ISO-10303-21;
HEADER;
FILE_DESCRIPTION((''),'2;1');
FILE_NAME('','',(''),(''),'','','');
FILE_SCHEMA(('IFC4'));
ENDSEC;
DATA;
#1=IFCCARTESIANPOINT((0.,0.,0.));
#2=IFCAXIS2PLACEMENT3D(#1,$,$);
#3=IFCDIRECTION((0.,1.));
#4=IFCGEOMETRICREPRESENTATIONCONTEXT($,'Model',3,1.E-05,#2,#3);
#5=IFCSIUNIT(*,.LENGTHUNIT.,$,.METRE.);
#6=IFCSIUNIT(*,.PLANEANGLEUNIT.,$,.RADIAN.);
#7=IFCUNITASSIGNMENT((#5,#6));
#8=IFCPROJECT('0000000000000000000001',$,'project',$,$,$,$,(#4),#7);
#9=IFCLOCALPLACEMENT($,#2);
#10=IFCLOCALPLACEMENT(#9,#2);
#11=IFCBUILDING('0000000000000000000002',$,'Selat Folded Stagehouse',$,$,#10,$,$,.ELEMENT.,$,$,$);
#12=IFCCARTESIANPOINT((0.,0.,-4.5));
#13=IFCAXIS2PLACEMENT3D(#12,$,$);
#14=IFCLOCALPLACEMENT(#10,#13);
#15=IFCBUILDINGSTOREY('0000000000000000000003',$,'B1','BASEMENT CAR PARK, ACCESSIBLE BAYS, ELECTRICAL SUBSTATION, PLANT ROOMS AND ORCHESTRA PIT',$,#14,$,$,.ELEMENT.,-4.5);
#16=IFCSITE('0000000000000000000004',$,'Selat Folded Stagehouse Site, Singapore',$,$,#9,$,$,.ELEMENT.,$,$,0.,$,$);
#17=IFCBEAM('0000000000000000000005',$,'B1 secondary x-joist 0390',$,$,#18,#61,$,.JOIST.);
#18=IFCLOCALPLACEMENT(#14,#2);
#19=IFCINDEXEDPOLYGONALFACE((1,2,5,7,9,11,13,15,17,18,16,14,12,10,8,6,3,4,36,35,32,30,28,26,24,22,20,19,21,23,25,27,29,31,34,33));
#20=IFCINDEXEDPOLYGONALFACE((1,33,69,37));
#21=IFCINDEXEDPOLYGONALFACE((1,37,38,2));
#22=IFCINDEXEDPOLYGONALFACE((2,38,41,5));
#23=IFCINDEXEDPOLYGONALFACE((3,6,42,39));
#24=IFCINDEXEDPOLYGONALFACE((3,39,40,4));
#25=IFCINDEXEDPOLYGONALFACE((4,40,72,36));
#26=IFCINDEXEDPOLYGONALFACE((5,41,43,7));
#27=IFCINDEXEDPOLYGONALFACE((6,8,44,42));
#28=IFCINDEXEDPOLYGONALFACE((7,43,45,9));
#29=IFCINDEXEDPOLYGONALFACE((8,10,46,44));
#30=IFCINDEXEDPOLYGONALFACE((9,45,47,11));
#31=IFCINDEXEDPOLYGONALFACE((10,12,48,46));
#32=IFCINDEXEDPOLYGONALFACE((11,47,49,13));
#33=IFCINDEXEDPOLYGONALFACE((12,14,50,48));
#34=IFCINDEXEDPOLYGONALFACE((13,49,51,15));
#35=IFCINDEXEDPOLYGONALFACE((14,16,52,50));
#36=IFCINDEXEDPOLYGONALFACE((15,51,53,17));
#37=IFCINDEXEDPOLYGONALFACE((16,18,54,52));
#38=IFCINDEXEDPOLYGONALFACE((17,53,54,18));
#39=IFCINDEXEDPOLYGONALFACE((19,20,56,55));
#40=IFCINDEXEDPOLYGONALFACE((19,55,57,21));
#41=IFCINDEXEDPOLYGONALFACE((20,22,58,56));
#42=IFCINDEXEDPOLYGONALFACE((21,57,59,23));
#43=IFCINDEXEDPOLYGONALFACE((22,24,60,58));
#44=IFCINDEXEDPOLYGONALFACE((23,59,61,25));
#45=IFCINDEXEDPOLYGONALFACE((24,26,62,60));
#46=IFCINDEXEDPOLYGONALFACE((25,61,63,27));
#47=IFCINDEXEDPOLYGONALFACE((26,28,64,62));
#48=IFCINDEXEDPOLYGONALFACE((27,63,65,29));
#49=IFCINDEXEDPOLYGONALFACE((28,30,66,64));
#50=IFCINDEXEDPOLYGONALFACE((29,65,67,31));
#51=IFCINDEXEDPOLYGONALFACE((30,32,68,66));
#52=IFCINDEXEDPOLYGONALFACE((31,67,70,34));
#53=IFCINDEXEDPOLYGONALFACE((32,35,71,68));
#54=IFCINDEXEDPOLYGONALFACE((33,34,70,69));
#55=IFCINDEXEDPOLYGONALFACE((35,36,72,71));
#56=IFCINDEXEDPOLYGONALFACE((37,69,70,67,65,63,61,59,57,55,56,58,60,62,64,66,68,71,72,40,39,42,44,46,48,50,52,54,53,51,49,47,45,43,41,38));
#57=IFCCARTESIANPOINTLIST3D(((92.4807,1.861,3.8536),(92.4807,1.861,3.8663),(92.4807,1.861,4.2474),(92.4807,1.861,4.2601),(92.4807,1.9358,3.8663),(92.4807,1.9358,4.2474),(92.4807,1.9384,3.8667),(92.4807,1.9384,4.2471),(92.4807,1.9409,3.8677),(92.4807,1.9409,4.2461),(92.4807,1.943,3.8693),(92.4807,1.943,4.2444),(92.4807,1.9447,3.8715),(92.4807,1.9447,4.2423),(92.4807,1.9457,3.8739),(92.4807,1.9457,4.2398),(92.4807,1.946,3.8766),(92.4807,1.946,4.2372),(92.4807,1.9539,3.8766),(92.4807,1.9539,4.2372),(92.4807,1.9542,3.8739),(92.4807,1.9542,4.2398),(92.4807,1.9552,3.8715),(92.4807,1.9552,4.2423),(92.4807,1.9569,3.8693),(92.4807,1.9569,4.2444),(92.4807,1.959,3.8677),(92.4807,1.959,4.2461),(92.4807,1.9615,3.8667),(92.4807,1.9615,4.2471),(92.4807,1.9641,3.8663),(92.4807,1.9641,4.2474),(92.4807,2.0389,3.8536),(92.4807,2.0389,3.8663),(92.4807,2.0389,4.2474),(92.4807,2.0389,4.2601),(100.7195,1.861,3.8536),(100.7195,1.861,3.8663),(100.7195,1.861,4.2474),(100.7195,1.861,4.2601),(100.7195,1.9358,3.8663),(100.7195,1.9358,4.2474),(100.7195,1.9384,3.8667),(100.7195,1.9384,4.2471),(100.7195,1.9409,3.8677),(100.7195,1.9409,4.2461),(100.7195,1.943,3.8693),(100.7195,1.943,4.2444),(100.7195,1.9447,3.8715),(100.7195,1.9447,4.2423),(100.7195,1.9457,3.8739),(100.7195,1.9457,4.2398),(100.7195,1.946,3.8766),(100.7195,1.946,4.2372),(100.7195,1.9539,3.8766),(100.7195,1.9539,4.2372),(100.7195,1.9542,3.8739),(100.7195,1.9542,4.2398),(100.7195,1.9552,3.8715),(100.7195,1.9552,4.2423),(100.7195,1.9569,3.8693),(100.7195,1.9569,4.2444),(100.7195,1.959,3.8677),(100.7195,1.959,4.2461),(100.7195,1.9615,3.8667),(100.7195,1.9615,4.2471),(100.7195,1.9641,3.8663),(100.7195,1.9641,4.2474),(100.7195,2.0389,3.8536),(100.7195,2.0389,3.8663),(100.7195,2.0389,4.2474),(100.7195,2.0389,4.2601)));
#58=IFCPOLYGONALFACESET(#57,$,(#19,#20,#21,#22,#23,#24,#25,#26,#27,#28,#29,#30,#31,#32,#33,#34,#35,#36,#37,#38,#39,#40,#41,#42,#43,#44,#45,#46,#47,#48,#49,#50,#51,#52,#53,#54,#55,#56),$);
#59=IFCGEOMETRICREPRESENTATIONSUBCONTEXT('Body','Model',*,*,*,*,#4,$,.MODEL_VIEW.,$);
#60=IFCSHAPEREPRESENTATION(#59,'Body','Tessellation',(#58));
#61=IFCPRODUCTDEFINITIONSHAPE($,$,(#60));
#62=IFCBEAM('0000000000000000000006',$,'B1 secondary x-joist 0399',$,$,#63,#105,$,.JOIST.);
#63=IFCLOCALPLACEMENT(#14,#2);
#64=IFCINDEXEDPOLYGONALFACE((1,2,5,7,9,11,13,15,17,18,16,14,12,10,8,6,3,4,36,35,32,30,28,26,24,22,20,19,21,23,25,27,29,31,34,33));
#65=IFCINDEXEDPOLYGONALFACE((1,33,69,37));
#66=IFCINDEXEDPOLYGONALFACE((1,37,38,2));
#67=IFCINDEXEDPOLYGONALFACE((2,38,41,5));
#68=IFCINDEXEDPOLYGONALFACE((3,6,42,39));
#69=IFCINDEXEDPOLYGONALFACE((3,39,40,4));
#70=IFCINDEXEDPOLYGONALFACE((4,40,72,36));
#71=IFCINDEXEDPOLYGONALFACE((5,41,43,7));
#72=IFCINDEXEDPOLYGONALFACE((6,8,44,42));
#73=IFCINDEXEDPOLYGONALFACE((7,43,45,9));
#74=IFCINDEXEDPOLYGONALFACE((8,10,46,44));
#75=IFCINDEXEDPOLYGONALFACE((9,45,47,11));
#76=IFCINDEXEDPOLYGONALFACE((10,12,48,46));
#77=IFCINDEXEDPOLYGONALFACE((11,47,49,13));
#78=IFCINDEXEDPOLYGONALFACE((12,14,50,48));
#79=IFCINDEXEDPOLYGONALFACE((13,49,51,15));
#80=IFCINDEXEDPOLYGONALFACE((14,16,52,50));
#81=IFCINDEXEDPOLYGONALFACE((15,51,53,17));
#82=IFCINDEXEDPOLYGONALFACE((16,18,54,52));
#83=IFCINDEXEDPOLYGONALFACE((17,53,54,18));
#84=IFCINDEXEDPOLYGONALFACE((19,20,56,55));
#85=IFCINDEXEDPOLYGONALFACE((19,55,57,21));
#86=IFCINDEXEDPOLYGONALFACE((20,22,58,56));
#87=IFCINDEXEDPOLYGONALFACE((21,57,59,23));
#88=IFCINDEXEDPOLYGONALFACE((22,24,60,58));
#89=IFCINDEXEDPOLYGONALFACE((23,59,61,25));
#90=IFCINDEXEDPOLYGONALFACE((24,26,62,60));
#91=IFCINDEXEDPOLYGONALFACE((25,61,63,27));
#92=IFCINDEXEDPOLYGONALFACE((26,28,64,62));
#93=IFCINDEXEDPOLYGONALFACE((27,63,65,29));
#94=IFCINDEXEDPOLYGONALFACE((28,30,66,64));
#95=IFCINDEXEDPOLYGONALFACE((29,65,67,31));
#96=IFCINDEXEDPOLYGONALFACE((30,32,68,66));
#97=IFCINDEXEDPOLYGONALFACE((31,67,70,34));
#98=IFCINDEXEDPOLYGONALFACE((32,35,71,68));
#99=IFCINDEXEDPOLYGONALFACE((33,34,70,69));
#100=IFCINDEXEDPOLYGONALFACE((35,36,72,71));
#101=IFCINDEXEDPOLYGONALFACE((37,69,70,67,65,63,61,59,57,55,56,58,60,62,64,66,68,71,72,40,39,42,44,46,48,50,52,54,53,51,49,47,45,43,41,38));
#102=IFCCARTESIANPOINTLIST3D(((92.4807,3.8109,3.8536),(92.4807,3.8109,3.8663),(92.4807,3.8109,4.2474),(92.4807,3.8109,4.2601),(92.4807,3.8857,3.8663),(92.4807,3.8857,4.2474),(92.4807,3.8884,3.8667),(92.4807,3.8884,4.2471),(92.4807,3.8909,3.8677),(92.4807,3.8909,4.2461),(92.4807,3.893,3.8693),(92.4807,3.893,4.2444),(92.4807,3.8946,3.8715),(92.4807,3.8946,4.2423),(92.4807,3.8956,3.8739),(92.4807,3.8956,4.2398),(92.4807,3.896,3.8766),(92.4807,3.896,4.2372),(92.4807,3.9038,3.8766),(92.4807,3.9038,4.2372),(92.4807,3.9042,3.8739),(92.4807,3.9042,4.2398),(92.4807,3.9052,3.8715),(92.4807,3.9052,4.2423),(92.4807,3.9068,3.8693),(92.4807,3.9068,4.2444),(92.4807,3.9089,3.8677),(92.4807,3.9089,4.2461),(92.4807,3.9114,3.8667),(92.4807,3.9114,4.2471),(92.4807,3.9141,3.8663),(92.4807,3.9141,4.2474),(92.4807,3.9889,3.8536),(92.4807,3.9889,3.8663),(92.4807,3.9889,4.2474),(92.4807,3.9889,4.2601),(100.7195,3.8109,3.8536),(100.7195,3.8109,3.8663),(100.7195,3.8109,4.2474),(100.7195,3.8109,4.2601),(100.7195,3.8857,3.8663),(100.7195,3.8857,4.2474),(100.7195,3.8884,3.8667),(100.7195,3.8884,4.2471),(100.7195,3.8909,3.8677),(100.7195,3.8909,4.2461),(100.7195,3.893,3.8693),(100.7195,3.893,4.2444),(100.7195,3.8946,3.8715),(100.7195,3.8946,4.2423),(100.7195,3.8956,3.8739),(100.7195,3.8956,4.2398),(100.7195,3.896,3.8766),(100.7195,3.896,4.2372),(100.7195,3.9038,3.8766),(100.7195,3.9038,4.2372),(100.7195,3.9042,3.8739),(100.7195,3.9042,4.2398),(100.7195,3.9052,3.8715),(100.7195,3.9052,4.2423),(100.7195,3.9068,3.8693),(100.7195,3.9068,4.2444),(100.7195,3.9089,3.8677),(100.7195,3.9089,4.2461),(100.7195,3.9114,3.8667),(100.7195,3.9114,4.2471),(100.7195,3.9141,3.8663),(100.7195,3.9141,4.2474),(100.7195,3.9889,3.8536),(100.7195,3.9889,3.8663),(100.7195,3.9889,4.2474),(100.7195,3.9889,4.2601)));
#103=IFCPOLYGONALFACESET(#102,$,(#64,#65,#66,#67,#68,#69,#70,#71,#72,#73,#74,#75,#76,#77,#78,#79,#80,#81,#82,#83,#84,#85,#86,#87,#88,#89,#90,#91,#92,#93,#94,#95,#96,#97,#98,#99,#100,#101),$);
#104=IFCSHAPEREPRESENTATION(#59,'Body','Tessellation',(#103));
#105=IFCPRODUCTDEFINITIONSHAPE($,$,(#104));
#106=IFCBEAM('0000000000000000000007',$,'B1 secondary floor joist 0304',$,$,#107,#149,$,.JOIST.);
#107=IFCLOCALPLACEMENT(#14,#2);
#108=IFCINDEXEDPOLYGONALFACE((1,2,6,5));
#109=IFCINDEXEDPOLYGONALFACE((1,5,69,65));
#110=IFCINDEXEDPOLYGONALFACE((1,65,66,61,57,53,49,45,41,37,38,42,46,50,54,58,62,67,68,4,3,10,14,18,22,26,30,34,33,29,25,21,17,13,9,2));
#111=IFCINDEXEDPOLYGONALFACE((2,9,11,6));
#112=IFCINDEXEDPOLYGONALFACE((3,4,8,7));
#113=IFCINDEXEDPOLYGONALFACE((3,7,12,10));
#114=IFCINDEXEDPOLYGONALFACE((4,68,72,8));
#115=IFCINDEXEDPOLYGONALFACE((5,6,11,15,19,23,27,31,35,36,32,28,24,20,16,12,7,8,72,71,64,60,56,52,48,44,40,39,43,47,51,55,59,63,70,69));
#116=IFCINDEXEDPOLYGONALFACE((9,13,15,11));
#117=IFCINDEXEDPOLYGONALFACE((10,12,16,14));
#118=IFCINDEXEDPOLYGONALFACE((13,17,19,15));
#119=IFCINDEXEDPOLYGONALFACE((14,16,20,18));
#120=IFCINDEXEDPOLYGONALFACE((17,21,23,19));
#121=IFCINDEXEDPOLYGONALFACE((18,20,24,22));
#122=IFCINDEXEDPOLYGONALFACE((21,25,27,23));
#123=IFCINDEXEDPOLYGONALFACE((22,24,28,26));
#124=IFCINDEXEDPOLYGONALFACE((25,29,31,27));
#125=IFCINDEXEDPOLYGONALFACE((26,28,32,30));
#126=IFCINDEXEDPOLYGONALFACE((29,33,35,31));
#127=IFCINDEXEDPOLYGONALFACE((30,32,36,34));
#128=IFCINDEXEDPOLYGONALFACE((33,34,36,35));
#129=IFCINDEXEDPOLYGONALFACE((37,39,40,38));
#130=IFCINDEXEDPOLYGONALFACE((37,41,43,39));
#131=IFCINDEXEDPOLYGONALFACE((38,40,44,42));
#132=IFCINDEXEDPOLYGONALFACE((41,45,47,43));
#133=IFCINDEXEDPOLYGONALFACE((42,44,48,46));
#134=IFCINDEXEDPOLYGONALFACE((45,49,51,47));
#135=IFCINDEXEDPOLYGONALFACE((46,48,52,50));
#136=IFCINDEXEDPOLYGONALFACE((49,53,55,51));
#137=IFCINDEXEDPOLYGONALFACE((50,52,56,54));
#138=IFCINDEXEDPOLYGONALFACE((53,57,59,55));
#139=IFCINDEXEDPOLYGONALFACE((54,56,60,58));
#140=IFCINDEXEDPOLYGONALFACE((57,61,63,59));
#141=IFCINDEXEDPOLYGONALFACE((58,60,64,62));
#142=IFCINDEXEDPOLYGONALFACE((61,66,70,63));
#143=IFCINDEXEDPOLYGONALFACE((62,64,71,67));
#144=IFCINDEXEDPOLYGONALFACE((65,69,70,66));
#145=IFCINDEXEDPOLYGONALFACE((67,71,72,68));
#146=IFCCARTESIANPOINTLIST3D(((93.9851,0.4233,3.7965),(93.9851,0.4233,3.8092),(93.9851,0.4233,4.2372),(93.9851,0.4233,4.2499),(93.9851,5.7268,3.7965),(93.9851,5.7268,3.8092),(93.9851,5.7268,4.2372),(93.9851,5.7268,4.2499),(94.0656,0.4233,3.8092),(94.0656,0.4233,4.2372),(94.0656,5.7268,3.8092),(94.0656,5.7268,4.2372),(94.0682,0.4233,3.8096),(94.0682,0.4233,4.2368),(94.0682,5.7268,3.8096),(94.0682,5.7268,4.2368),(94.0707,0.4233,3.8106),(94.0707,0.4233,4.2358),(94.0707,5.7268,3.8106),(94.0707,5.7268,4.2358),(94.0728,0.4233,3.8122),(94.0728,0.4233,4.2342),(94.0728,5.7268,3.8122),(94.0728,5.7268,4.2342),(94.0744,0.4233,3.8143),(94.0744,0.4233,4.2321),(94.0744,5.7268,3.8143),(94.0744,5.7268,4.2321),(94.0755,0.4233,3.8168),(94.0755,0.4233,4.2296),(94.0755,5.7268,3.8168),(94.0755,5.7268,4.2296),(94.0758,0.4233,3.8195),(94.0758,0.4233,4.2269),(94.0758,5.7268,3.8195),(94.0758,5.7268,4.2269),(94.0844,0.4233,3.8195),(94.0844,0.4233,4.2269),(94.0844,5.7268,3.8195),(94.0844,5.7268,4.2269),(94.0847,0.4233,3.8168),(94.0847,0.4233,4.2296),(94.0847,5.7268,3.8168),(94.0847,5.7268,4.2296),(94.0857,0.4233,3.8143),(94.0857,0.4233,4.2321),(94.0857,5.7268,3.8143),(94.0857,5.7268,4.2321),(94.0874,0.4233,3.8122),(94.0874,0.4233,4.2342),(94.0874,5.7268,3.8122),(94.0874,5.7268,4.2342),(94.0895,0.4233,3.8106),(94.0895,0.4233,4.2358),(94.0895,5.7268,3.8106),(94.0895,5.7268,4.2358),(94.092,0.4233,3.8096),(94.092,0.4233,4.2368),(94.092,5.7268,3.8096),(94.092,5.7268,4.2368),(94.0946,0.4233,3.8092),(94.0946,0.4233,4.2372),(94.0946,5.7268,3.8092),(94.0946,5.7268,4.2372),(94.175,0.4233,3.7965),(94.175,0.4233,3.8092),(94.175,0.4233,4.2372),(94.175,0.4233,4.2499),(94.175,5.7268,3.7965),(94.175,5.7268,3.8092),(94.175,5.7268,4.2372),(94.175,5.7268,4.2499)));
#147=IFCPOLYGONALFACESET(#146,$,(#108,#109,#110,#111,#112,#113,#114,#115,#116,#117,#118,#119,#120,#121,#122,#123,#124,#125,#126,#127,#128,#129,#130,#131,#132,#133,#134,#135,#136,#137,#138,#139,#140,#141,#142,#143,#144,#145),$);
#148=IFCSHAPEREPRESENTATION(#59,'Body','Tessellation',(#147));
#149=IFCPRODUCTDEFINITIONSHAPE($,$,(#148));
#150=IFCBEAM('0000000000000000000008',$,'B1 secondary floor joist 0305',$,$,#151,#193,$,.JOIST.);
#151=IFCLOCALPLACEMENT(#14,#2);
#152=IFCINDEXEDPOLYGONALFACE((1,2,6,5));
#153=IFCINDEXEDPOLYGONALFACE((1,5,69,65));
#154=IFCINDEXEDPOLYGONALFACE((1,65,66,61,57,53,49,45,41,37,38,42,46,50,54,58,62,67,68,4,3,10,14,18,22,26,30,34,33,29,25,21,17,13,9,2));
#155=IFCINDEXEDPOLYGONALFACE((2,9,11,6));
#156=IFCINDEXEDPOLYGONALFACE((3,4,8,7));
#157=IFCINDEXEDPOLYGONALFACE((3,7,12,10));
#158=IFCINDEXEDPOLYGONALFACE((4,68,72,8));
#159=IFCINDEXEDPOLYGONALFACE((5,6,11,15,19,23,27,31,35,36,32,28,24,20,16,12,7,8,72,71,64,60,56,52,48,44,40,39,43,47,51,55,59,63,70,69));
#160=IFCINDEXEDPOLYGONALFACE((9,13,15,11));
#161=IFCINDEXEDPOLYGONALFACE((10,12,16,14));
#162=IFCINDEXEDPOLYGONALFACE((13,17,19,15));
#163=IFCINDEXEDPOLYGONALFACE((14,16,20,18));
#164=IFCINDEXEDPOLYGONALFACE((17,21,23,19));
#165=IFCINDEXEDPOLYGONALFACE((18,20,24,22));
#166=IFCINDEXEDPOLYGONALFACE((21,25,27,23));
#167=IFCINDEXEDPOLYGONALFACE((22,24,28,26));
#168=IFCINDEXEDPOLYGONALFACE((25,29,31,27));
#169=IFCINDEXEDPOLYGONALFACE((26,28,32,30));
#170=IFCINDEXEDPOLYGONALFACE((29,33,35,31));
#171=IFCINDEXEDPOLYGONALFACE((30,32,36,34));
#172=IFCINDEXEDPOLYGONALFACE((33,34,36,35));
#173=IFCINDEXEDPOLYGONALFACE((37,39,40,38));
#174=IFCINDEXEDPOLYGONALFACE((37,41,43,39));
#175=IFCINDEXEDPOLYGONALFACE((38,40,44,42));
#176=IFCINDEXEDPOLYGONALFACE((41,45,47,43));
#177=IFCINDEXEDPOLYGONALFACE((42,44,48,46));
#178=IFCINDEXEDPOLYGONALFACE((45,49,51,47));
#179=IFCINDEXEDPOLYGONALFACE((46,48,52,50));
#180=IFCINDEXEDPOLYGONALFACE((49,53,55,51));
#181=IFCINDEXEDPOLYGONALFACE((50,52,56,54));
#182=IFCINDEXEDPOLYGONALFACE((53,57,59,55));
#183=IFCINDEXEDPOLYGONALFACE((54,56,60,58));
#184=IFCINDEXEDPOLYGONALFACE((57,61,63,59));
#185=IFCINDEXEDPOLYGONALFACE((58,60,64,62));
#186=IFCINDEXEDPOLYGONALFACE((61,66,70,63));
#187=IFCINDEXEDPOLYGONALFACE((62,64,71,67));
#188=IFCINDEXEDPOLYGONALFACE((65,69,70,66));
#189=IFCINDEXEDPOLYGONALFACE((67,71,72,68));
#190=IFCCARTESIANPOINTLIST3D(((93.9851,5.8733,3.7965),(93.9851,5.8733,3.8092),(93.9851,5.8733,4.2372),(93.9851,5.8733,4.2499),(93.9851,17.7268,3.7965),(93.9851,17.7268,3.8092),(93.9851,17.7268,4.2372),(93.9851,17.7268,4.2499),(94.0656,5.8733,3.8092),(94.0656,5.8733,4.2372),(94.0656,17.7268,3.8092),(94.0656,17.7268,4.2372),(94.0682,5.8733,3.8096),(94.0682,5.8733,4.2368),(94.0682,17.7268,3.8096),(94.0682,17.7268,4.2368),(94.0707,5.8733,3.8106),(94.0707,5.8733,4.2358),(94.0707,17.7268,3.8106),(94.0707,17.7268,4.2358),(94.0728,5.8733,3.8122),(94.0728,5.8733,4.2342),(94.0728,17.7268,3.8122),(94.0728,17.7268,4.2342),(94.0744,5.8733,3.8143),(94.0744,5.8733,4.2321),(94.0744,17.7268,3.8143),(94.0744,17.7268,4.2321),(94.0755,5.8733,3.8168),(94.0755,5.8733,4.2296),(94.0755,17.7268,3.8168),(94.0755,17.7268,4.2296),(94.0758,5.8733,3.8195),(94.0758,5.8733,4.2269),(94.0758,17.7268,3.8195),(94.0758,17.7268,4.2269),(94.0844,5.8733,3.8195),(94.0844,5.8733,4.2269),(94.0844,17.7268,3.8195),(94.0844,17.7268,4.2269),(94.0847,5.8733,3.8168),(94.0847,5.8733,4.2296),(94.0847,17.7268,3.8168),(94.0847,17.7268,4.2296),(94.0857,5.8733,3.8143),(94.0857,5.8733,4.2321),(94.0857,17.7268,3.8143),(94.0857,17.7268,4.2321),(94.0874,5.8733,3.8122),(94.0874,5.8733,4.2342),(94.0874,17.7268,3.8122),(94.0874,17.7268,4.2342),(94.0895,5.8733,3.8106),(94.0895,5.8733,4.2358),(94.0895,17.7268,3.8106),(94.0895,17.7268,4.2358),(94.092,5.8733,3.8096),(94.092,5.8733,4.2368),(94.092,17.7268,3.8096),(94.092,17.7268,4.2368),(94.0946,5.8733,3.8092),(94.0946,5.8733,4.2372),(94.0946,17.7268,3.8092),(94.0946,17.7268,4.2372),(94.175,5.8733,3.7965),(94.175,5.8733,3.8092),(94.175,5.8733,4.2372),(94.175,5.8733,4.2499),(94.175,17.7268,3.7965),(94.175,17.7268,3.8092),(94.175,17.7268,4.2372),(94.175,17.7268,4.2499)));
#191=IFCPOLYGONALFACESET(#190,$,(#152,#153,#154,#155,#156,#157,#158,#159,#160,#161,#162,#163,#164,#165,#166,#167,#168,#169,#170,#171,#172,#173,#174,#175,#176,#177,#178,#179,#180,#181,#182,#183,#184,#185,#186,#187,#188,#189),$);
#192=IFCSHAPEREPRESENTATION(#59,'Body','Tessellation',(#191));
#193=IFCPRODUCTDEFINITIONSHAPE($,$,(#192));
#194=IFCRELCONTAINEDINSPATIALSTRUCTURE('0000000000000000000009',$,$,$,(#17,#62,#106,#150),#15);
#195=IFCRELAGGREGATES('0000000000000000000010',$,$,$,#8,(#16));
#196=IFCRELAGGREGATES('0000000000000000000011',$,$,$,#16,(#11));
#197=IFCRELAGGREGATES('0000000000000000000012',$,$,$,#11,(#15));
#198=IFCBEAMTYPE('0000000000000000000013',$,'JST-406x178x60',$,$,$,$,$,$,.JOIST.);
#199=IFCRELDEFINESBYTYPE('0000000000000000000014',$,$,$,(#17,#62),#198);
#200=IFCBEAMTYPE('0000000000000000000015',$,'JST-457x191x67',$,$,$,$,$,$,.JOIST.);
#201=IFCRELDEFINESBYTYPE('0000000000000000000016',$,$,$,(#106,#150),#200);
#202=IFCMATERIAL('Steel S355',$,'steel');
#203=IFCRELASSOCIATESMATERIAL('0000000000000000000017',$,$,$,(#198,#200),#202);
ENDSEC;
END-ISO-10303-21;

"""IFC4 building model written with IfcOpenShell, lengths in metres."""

from ifc_helpers import new_model, si_unit, direction, frame, origin, origin_2d, place, context, subcontext, project, spatial, i_section, extrude, material, material_profile, profile_set, type_object, element, save


model = new_model("IFC4")

# Units and contexts
model_context = context("Model", 3, precision=1e-05, world=origin(), true_north=direction((0.0, 1.0)))
body_context = subcontext(model_context, "Body", "Model", "MODEL_VIEW")
ifc_project = project(units=[si_unit("LENGTHUNIT", "METRE"), si_unit("PLANEANGLEUNIT", "RADIAN")], contexts=[model_context])

# Site, building, storey
site_placement = place(None, origin())
site = spatial("IfcSite", under=ifc_project, at=site_placement, Name="Selat Folded Stagehouse Site, Singapore", CompositionType="ELEMENT", RefElevation=0.0)
building_placement = place(site_placement, origin())
building = spatial("IfcBuilding", under=site, at=building_placement, Name="Selat Folded Stagehouse", CompositionType="ELEMENT")
storey_placement = place(building_placement, frame((0.0, 0.0, -4.5)))
storey = spatial("IfcBuildingStorey", under=building, at=storey_placement, Name="B1", Description="BASEMENT CAR PARK, ACCESSIBLE BAYS, ELECTRICAL SUBSTATION, PLANT ROOMS AND ORCHESTRA PIT", CompositionType="ELEMENT", Elevation=-4.5)

# Shared definitions
ifc_material_1 = material(Name="Steel S355", Category="steel")

# Beams
ifc_material_profile_1 = material_profile(ifc_material_1, i_section(OverallWidth=0.178, OverallDepth=0.4065, WebThickness=0.0078, FlangeThickness=0.0127, FilletRadius=0.0103, at=origin_2d()), Name="UKB 406x178x60")
ifc_profile_set_1 = profile_set([ifc_material_profile_1], Name="Steel S355")
beam_type_1 = type_object("IfcBeamType", Name="JST-406x178x60", PredefinedType="JOIST", material=ifc_profile_set_1)
for number, where, z_axis, x_axis, name in (
    (1, (92.4807, 1.95, 4.0569), (1.0, 0.0, 0.0), (0.0, 1.0, 0.0), "B1 secondary x-joist 0390"),
    (2, (92.4807, 3.8999, 4.0569), (1.0, 0.0, 0.0), (0.0, 1.0, 0.0), "B1 secondary x-joist 0399"),
):
    element("IfcBeam", number, at=place(storey_placement, frame(where, z_axis=z_axis, x_axis=x_axis)), inside=storey, type_object=beam_type_1, Name=name, PredefinedType="JOIST", context=body_context, shape_type="SweptSolid", body=[
        extrude(i_section(OverallWidth=0.178, OverallDepth=0.4065, WebThickness=0.0078, FlangeThickness=0.0127, FilletRadius=0.0103, at=origin_2d()), origin(), (0.0, 0.0, 1.0), 8.2388),
    ])
ifc_material_profile_2 = material_profile(ifc_material_1, i_section(OverallWidth=0.1899, OverallDepth=0.4534, WebThickness=0.0085, FlangeThickness=0.0127, FilletRadius=0.0103, at=origin_2d()), Name="UKB 457x191x67")
ifc_profile_set_2 = profile_set([ifc_material_profile_2], Name="Steel S355")
beam_type_2 = type_object("IfcBeamType", Name="JST-457x191x67", PredefinedType="JOIST", material=ifc_profile_set_2)
beam_1_placement = place(storey_placement, frame((94.0801, 0.4233, 4.0232), z_axis=(0.0, 1.0, 0.0), x_axis=(-1.0, 0.0, 0.0)))
element("IfcBeam", 3, at=beam_1_placement, inside=storey, type_object=beam_type_2, Name="B1 secondary floor joist 0304", PredefinedType="JOIST", context=body_context, shape_type="SweptSolid", body=[
    extrude(i_section(OverallWidth=0.1899, OverallDepth=0.4534, WebThickness=0.0085, FlangeThickness=0.0127, FilletRadius=0.0103, at=origin_2d()), origin(), (0.0, 0.0, 1.0), 5.3035),
])
beam_2_placement = place(storey_placement, frame((94.0801, 5.8733, 4.0232), z_axis=(0.0, 1.0, 0.0), x_axis=(-1.0, 0.0, 0.0)))
element("IfcBeam", 4, at=beam_2_placement, inside=storey, type_object=beam_type_2, Name="B1 secondary floor joist 0305", PredefinedType="JOIST", context=body_context, shape_type="SweptSolid", body=[
    extrude(i_section(OverallWidth=0.1899, OverallDepth=0.4534, WebThickness=0.0085, FlangeThickness=0.0127, FilletRadius=0.0103, at=origin_2d()), origin(), (0.0, 0.0, 1.0), 11.8535),
])

save(model, "model.ifc")
